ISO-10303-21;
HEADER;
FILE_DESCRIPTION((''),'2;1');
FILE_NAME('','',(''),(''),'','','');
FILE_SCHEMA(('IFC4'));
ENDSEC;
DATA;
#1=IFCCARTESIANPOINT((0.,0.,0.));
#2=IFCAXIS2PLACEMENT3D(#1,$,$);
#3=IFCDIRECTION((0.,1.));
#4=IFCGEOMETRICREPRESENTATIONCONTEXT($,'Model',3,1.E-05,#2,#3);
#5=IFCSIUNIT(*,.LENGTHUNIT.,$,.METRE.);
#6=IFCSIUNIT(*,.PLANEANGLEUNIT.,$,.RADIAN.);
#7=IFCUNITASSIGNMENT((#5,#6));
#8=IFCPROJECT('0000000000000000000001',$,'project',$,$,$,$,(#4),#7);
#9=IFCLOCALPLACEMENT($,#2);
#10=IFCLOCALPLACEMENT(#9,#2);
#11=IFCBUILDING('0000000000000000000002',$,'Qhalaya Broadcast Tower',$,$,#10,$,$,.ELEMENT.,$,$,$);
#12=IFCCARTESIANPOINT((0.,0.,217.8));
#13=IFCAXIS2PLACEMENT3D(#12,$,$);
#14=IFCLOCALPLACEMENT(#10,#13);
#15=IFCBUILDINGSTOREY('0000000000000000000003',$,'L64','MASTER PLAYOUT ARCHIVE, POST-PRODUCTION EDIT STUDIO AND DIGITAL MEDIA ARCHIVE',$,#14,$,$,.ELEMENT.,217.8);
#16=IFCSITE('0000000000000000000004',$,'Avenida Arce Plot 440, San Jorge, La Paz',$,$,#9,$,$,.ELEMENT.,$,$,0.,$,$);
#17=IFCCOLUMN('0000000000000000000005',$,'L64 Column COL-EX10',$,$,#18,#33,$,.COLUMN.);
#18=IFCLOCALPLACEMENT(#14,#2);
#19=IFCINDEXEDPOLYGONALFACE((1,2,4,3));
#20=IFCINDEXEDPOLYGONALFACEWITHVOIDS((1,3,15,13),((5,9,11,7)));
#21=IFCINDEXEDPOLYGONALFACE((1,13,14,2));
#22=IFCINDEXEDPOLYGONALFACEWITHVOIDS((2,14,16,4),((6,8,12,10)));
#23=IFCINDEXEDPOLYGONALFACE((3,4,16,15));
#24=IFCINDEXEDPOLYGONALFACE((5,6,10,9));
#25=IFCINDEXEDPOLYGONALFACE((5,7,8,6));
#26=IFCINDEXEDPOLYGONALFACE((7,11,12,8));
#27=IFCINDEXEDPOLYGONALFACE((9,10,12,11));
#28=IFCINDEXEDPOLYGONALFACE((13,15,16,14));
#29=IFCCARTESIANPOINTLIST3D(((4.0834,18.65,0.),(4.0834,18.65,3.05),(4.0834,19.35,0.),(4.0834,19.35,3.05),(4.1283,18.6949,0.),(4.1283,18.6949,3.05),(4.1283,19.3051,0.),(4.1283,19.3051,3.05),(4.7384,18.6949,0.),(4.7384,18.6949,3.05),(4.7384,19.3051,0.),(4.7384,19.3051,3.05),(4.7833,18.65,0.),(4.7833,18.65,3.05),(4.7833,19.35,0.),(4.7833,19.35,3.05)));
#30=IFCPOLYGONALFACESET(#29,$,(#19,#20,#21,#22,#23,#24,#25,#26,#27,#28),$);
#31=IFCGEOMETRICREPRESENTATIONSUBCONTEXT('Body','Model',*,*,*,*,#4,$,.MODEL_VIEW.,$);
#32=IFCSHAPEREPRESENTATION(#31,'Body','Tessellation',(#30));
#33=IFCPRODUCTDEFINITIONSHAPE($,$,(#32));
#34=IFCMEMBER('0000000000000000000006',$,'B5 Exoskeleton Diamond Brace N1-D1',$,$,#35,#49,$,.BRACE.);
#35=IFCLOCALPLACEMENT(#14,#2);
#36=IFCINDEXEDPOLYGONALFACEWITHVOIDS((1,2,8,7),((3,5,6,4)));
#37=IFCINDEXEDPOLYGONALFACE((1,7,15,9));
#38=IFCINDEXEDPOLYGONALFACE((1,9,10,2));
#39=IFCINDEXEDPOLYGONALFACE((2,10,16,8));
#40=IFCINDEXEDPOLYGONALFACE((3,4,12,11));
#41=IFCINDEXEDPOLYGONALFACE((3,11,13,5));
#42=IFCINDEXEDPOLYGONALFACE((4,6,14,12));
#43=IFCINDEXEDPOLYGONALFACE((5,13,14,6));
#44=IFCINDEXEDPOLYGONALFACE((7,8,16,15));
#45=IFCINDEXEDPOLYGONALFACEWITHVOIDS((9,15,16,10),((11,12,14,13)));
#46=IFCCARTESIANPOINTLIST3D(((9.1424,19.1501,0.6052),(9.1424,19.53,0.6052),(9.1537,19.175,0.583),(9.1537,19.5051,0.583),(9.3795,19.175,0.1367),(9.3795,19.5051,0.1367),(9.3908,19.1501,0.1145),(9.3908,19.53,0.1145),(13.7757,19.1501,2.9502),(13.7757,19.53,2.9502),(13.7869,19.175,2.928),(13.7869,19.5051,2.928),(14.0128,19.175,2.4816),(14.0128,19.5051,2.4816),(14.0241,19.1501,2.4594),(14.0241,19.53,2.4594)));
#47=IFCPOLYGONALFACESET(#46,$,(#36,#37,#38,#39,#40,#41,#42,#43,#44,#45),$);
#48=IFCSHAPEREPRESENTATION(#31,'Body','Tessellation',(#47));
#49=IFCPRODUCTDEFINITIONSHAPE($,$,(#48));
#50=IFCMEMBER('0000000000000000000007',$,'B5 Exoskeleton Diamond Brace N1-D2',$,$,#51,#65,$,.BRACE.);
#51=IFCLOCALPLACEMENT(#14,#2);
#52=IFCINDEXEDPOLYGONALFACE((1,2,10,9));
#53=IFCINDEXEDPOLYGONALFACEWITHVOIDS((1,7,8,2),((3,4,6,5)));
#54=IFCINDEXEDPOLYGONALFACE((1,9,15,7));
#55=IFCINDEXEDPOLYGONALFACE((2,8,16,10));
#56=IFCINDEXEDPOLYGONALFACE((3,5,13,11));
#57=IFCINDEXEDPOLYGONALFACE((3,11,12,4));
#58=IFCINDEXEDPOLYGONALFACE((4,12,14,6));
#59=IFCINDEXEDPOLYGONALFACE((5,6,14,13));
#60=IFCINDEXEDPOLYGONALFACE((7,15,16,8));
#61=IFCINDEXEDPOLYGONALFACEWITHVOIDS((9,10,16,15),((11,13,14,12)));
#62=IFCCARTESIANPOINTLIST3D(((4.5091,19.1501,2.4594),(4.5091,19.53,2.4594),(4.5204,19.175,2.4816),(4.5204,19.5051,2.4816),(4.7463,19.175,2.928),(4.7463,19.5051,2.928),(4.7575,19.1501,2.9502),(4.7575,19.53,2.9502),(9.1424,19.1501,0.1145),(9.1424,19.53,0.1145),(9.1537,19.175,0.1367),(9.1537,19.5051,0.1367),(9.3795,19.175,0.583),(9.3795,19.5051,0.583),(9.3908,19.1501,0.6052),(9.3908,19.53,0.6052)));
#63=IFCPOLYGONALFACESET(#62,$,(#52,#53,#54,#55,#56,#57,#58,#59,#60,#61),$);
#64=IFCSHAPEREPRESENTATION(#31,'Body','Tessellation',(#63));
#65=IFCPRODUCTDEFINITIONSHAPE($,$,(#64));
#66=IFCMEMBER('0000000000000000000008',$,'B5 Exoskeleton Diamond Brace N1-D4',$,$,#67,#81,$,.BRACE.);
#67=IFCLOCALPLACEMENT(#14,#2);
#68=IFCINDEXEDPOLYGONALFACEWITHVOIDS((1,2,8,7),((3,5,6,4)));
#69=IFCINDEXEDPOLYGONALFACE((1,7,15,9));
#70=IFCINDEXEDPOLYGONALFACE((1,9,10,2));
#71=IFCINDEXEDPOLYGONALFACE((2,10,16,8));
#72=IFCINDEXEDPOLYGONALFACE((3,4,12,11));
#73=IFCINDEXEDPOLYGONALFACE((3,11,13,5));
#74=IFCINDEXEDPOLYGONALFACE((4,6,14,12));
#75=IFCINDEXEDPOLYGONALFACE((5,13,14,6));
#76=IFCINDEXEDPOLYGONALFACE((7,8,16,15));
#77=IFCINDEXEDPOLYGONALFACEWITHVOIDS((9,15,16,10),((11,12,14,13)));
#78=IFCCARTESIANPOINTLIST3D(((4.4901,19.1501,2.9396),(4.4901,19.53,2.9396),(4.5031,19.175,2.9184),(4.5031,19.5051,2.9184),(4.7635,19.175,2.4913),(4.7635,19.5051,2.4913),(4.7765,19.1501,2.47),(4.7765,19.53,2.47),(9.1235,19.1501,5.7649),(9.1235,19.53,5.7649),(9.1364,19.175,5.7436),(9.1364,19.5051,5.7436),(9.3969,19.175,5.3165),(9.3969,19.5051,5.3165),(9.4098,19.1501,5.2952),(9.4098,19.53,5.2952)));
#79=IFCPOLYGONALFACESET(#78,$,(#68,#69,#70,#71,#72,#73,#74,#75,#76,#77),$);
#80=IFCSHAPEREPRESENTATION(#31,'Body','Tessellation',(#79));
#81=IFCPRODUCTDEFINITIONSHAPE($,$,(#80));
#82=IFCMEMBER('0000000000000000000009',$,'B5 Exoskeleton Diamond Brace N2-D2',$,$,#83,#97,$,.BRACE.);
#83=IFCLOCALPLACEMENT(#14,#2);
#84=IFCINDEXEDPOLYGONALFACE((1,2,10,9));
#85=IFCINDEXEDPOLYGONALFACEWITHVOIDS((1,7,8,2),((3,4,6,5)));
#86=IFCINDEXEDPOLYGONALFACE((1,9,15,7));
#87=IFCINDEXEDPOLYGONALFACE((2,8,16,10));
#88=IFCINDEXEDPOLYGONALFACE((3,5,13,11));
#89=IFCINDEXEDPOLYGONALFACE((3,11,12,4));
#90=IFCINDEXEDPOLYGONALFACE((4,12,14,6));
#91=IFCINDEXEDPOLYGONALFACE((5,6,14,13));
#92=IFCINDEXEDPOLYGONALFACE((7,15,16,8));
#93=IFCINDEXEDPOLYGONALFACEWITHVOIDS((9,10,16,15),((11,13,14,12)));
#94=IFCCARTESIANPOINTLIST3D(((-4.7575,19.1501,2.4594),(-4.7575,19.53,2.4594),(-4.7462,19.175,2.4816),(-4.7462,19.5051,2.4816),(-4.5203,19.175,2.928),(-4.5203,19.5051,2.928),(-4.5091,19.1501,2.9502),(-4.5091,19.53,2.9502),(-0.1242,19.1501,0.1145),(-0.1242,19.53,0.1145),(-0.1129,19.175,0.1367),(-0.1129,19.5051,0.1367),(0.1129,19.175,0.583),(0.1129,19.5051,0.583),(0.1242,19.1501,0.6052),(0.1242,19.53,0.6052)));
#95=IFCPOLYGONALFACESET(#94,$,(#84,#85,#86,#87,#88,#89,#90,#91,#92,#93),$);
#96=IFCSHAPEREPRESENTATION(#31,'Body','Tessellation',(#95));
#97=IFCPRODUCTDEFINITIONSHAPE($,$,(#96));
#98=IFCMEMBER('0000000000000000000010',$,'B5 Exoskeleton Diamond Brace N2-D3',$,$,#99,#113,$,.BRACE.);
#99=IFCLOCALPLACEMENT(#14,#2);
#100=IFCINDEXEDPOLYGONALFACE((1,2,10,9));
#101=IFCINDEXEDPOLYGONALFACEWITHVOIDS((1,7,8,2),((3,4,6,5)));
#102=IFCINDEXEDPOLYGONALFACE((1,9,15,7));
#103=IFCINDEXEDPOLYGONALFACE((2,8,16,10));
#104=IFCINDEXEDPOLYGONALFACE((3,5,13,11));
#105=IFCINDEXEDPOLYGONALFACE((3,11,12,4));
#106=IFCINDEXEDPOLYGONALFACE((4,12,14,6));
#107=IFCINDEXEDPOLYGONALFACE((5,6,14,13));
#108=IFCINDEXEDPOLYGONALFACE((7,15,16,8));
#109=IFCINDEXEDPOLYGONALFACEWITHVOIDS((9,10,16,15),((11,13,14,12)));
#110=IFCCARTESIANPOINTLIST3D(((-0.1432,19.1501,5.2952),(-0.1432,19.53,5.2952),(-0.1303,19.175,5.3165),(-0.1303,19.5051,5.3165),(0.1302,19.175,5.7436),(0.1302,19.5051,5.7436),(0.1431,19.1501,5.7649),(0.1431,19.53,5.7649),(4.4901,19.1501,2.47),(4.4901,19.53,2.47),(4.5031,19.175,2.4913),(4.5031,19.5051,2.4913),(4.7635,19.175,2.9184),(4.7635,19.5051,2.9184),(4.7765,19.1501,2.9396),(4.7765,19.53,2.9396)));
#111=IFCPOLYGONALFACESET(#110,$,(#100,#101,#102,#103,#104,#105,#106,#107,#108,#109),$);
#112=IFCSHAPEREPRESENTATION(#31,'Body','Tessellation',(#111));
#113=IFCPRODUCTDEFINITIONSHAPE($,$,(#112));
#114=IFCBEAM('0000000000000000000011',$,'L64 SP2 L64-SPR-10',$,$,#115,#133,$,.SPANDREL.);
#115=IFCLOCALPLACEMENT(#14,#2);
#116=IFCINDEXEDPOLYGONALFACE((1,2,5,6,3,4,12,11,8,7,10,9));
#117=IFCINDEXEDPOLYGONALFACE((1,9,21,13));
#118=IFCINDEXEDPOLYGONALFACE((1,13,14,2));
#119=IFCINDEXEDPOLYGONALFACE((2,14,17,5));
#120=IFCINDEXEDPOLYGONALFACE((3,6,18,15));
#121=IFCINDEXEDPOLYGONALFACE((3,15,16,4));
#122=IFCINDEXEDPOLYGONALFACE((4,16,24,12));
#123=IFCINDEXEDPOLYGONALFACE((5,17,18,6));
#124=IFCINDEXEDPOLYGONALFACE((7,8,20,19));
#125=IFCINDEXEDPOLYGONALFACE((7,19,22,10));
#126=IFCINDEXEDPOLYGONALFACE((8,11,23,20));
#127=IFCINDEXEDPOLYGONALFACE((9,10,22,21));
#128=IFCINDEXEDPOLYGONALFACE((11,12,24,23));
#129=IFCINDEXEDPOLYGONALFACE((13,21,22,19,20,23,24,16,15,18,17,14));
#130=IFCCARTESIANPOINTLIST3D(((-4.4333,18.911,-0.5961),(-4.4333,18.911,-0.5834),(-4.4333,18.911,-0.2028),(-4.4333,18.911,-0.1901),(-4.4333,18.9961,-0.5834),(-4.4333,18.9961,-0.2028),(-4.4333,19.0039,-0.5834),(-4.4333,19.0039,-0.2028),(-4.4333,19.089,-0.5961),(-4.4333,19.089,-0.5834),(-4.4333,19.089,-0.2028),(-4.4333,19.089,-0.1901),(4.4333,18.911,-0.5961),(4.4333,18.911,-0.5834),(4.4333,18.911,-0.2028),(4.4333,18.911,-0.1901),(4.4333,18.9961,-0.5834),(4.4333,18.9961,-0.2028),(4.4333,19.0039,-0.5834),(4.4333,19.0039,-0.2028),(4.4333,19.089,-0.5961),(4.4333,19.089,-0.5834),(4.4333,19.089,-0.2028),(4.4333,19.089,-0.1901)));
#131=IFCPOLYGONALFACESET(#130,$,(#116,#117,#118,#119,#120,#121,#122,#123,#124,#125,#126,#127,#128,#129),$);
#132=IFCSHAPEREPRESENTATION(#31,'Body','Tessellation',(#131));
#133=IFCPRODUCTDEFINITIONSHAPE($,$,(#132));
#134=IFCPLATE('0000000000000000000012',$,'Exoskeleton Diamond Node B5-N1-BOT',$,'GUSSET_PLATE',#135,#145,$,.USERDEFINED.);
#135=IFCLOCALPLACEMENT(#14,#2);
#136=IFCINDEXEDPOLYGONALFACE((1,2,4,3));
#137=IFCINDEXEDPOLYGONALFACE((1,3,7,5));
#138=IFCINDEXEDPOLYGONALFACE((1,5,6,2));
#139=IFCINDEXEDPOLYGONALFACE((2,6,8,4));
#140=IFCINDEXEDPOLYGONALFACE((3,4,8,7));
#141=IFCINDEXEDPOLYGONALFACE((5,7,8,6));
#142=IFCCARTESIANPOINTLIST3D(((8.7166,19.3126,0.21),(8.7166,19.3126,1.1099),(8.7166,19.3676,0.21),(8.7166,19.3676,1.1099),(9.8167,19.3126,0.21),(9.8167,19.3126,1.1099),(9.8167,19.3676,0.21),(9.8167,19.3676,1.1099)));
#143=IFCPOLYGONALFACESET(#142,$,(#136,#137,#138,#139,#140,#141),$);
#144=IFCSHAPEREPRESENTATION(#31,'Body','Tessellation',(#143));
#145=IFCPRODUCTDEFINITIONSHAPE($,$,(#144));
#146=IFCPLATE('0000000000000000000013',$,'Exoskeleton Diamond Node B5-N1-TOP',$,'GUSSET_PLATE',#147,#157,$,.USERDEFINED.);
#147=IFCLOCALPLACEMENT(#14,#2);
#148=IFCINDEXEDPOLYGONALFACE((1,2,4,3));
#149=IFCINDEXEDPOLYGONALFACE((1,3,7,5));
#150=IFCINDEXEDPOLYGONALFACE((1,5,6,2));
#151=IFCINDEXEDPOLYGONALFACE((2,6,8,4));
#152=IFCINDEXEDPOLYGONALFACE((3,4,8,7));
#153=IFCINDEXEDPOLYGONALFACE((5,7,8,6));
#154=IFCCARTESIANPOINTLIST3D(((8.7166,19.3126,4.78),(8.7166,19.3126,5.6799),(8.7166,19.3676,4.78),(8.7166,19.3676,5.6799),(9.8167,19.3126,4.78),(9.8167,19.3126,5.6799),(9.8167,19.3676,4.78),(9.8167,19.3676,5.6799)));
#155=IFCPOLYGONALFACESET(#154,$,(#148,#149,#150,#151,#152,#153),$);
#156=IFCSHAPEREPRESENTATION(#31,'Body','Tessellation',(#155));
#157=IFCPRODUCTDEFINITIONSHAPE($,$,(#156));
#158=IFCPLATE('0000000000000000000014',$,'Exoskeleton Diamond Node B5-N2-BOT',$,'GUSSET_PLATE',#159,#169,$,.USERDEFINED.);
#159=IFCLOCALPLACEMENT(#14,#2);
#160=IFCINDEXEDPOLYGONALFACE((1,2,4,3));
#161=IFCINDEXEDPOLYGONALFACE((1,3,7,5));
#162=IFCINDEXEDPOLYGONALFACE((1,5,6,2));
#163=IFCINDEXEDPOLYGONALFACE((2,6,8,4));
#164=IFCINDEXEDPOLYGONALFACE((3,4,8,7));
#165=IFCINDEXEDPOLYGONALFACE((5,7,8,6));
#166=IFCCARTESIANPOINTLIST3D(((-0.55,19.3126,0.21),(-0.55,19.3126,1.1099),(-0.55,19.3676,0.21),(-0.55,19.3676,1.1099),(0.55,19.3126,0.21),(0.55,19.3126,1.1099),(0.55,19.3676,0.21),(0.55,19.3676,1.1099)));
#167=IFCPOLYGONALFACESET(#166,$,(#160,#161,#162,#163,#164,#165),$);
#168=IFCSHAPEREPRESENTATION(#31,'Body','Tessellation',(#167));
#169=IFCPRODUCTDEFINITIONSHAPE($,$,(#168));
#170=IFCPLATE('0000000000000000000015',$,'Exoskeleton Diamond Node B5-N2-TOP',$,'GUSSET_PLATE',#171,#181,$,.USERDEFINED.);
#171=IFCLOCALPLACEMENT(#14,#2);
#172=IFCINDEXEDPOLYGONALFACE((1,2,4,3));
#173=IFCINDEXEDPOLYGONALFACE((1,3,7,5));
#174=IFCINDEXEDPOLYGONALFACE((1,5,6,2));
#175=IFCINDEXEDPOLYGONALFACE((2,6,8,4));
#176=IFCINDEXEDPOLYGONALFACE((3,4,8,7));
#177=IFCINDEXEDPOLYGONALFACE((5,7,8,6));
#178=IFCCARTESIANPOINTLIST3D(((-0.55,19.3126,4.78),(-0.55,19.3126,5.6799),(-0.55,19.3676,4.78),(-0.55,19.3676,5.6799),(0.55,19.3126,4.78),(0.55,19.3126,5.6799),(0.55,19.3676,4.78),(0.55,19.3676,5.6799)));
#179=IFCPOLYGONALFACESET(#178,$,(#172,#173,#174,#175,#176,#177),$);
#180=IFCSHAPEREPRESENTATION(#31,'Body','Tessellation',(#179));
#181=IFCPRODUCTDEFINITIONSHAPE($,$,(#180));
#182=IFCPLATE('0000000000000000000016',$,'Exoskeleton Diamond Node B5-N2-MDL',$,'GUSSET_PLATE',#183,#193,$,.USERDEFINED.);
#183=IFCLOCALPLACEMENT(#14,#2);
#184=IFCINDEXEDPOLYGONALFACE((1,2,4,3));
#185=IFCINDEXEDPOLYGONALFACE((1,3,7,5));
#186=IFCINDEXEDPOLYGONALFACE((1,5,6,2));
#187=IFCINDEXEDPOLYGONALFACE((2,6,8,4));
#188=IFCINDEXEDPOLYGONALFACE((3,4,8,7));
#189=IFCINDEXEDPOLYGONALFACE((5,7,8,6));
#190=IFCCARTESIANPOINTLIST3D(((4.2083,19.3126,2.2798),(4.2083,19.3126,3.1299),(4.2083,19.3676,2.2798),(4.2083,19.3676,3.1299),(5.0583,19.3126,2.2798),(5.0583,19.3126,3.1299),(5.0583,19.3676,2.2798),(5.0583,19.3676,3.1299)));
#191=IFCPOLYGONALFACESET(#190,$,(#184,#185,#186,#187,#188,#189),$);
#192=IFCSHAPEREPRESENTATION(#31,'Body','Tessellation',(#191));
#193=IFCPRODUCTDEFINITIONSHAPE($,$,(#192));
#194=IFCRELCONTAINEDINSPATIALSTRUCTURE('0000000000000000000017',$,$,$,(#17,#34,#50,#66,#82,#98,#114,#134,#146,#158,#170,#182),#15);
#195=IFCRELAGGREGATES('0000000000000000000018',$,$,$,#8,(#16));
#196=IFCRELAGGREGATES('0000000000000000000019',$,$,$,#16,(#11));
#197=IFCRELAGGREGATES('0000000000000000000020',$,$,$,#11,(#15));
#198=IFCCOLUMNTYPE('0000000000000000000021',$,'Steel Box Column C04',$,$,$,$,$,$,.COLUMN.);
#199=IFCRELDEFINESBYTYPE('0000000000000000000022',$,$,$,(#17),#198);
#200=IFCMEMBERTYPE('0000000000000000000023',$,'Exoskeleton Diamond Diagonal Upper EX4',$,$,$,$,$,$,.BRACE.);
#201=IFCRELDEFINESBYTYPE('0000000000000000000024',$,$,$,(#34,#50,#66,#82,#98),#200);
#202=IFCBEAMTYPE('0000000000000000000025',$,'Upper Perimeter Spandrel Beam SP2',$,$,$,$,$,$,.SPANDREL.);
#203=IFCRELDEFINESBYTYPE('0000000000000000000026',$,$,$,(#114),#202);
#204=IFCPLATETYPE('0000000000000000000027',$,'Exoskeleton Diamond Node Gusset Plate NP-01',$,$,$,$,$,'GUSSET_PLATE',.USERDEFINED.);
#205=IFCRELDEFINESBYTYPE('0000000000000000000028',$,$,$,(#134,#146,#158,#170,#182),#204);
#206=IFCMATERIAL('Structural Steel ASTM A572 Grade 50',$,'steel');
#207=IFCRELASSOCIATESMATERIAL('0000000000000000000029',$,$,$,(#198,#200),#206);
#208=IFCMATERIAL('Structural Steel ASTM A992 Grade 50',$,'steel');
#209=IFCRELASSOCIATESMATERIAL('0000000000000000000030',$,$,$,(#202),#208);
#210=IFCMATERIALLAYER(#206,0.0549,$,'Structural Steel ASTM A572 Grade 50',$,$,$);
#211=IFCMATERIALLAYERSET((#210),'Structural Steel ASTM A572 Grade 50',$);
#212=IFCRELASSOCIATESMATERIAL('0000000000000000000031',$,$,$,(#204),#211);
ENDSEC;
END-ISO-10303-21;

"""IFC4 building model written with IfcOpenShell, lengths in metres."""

from ifc_helpers import new_model, si_unit, direction, frame, origin, origin_2d, place, context, subcontext, project, spatial, rectangle, hollow_rectangle, i_section, extrude, material, layer, layer_set, material_profile, profile_set, type_object, element, save


model = new_model("IFC4")

# Units and contexts
model_context = context("Model", 3, precision=1e-05, world=origin(), true_north=direction((0.0, 1.0)))
body_context = subcontext(model_context, "Body", "Model", "MODEL_VIEW")
ifc_project = project(units=[si_unit("LENGTHUNIT", "METRE"), si_unit("PLANEANGLEUNIT", "RADIAN")], contexts=[model_context])

# Site, building, storey
site_placement = place(None, origin())
site = spatial("IfcSite", under=ifc_project, at=site_placement, Name="Avenida Arce Plot 440, San Jorge, La Paz", CompositionType="ELEMENT", RefElevation=0.0)
building_placement = place(site_placement, origin())
building = spatial("IfcBuilding", under=site, at=building_placement, Name="Qhalaya Broadcast Tower", CompositionType="ELEMENT")
storey_placement = place(building_placement, frame((0.0, 0.0, 217.8)))
storey = spatial("IfcBuildingStorey", under=building, at=storey_placement, Name="L64", Description="MASTER PLAYOUT ARCHIVE, POST-PRODUCTION EDIT STUDIO AND DIGITAL MEDIA ARCHIVE", CompositionType="ELEMENT", Elevation=217.8)

# Column
ifc_material_1 = material(Name="Structural Steel ASTM A572 Grade 50", Category="steel")
ifc_material_profile_1 = material_profile(ifc_material_1, hollow_rectangle(XDim=0.7, YDim=0.7, WallThickness=0.0449, at=origin_2d()), Name="BOX 700x700x45")
ifc_profile_set_1 = profile_set([ifc_material_profile_1], Name="Structural Steel ASTM A572 Grade 50")
column_type = type_object("IfcColumnType", Name="Steel Box Column C04", PredefinedType="COLUMN", material=ifc_profile_set_1)
column_placement = place(storey_placement, frame((4.4333, 19.0, 0.0), z_axis=(0.0, 0.0, 1.0), x_axis=(1.0, 0.0, 0.0)))
element("IfcColumn", 1, at=column_placement, inside=storey, type_object=column_type, Name="L64 Column COL-EX10", PredefinedType="COLUMN", context=body_context, shape_type="SweptSolid", body=[
    extrude(hollow_rectangle(XDim=0.7, YDim=0.7, WallThickness=0.0449, at=origin_2d()), origin(), (0.0, 0.0, 1.0), 3.05),
])

# Members
ifc_material_profile_2 = material_profile(ifc_material_1, hollow_rectangle(XDim=0.3799, YDim=0.55, WallThickness=0.0249, at=origin_2d()), Name="BOX 380x550x25")
ifc_profile_set_2 = profile_set([ifc_material_profile_2], Name="Structural Steel ASTM A572 Grade 50")
member_type = type_object("IfcMemberType", Name="Exoskeleton Diamond Diagonal Upper EX4", PredefinedType="BRACE", material=ifc_profile_set_2)
for number, where, z_axis, x_axis, name in (
    (2, (9.2666, 19.3401, 0.3599), (0.892235, 0.0, 0.451571), (0.0, 1.0, 0.0), "B5 Exoskeleton Diamond Brace N1-D1"),
    (3, (9.2666, 19.3401, 0.3599), (-0.892235, 0.0, 0.451571), (0.0, -1.0, 0.0), "B5 Exoskeleton Diamond Brace N1-D2"),
):
    element("IfcMember", number, at=place(storey_placement, frame(where, z_axis=z_axis, x_axis=x_axis)), inside=storey, type_object=member_type, Name=name, PredefinedType="BRACE", context=body_context, shape_type="SweptSolid", body=[
        extrude(hollow_rectangle(XDim=0.3799, YDim=0.55, WallThickness=0.0249, at=origin_2d()), origin(), (0.0, 0.0, 1.0), 5.1929),
    ])
member_1_placement = place(storey_placement, frame((4.6333, 19.3401, 2.7048), z_axis=(0.853795, 0.0, 0.520609), x_axis=(0.0, 1.0, 0.0)))
element("IfcMember", 4, at=member_1_placement, inside=storey, type_object=member_type, Name="B5 Exoskeleton Diamond Brace N1-D4", PredefinedType="BRACE", context=body_context, shape_type="SweptSolid", body=[
    extrude(hollow_rectangle(XDim=0.3799, YDim=0.55, WallThickness=0.0249, at=origin_2d()), origin(), (0.0, 0.0, 1.0), 5.4268),
])
member_2_placement = place(storey_placement, frame((0.0, 19.3401, 0.3599), z_axis=(-0.892235, 0.0, 0.451571), x_axis=(0.0, -1.0, 0.0)))
element("IfcMember", 5, at=member_2_placement, inside=storey, type_object=member_type, Name="B5 Exoskeleton Diamond Brace N2-D2", PredefinedType="BRACE", context=body_context, shape_type="SweptSolid", body=[
    extrude(hollow_rectangle(XDim=0.3799, YDim=0.55, WallThickness=0.0249, at=origin_2d()), origin(), (0.0, 0.0, 1.0), 5.1929),
])
member_3_placement = place(storey_placement, frame((4.6333, 19.3401, 2.7048), z_axis=(-0.853795, 0.0, 0.520609), x_axis=(0.0, -1.0, 0.0)))
element("IfcMember", 6, at=member_3_placement, inside=storey, type_object=member_type, Name="B5 Exoskeleton Diamond Brace N2-D3", PredefinedType="BRACE", context=body_context, shape_type="SweptSolid", body=[
    extrude(hollow_rectangle(XDim=0.3799, YDim=0.55, WallThickness=0.0249, at=origin_2d()), origin(), (0.0, 0.0, 1.0), 5.4268),
])

# Beam
ifc_material_2 = material(Name="Structural Steel ASTM A992 Grade 50", Category="steel")
ifc_material_profile_3 = material_profile(ifc_material_2, i_section(OverallWidth=0.178, OverallDepth=0.406, WebThickness=0.0078, FlangeThickness=0.0127, at=origin_2d()), Name="W16X40")
ifc_profile_set_3 = profile_set([ifc_material_profile_3], Name="Structural Steel ASTM A992 Grade 50")
beam_type = type_object("IfcBeamType", Name="Upper Perimeter Spandrel Beam SP2", PredefinedType="SPANDREL", material=ifc_profile_set_3)
beam_placement = place(storey_placement, frame((4.4333, 19.0, -0.3931), z_axis=(-1.0, 0.0, 0.0), x_axis=(0.0, -1.0, 0.0)))
element("IfcBeam", 7, at=beam_placement, inside=storey, type_object=beam_type, Name="L64 SP2 L64-SPR-10", PredefinedType="SPANDREL", context=body_context, shape_type="SweptSolid", body=[
    extrude(i_section(OverallWidth=0.178, OverallDepth=0.406, WebThickness=0.0078, FlangeThickness=0.0127, at=origin_2d()), origin(), (0.0, 0.0, 1.0), 8.8667),
])

# Plates
ifc_layer_1 = layer(ifc_material_1, 0.0549, Name="Structural Steel ASTM A572 Grade 50")
ifc_layer_set_1 = layer_set([ifc_layer_1], Name="Structural Steel ASTM A572 Grade 50")
plate_type_1 = type_object("IfcPlateType", Name="Exoskeleton Diamond Node Gusset Plate NP-01", ElementType="GUSSET_PLATE", PredefinedType="USERDEFINED", material=ifc_layer_set_1)
for number, where, z_axis, x_axis, name in (
    (8, (9.2666, 19.3401, 0.21), (0.0, 0.0, 1.0), (1.0, 0.0, 0.0), "Exoskeleton Diamond Node B5-N1-BOT"),
    (9, (9.2666, 19.3401, 4.78), (0.0, 0.0, 1.0), (1.0, 0.0, 0.0), "Exoskeleton Diamond Node B5-N1-TOP"),
    (10, (0.0, 19.3401, 0.21), (0.0, 0.0, 1.0), (1.0, 0.0, 0.0), "Exoskeleton Diamond Node B5-N2-BOT"),
    (11, (0.0, 19.3401, 4.78), (0.0, 0.0, 1.0), (1.0, 0.0, 0.0), "Exoskeleton Diamond Node B5-N2-TOP"),
):
    element("IfcPlate", number, at=place(storey_placement, frame(where, z_axis=z_axis, x_axis=x_axis)), inside=storey, type_object=plate_type_1, Name=name, ObjectType="GUSSET_PLATE", PredefinedType="USERDEFINED", context=body_context, shape_type="SweptSolid", body=[
        extrude(rectangle(XDim=1.1001, YDim=0.0549, at=origin_2d()), origin(), (0.0, 0.0, 1.0), 0.8999),
    ])
plate_1_placement = place(storey_placement, frame((4.6333, 19.3401, 2.2798), z_axis=(0.0, 0.0, 1.0), x_axis=(1.0, 0.0, 0.0)))
element("IfcPlate", 12, at=plate_1_placement, inside=storey, type_object=plate_type_1, Name="Exoskeleton Diamond Node B5-N2-MDL", ObjectType="GUSSET_PLATE", PredefinedType="USERDEFINED", context=body_context, shape_type="SweptSolid", body=[
    extrude(rectangle(XDim=0.8501, YDim=0.0549, at=origin_2d()), origin(), (0.0, 0.0, 1.0), 0.8501),
])

save(model, "model.ifc")
